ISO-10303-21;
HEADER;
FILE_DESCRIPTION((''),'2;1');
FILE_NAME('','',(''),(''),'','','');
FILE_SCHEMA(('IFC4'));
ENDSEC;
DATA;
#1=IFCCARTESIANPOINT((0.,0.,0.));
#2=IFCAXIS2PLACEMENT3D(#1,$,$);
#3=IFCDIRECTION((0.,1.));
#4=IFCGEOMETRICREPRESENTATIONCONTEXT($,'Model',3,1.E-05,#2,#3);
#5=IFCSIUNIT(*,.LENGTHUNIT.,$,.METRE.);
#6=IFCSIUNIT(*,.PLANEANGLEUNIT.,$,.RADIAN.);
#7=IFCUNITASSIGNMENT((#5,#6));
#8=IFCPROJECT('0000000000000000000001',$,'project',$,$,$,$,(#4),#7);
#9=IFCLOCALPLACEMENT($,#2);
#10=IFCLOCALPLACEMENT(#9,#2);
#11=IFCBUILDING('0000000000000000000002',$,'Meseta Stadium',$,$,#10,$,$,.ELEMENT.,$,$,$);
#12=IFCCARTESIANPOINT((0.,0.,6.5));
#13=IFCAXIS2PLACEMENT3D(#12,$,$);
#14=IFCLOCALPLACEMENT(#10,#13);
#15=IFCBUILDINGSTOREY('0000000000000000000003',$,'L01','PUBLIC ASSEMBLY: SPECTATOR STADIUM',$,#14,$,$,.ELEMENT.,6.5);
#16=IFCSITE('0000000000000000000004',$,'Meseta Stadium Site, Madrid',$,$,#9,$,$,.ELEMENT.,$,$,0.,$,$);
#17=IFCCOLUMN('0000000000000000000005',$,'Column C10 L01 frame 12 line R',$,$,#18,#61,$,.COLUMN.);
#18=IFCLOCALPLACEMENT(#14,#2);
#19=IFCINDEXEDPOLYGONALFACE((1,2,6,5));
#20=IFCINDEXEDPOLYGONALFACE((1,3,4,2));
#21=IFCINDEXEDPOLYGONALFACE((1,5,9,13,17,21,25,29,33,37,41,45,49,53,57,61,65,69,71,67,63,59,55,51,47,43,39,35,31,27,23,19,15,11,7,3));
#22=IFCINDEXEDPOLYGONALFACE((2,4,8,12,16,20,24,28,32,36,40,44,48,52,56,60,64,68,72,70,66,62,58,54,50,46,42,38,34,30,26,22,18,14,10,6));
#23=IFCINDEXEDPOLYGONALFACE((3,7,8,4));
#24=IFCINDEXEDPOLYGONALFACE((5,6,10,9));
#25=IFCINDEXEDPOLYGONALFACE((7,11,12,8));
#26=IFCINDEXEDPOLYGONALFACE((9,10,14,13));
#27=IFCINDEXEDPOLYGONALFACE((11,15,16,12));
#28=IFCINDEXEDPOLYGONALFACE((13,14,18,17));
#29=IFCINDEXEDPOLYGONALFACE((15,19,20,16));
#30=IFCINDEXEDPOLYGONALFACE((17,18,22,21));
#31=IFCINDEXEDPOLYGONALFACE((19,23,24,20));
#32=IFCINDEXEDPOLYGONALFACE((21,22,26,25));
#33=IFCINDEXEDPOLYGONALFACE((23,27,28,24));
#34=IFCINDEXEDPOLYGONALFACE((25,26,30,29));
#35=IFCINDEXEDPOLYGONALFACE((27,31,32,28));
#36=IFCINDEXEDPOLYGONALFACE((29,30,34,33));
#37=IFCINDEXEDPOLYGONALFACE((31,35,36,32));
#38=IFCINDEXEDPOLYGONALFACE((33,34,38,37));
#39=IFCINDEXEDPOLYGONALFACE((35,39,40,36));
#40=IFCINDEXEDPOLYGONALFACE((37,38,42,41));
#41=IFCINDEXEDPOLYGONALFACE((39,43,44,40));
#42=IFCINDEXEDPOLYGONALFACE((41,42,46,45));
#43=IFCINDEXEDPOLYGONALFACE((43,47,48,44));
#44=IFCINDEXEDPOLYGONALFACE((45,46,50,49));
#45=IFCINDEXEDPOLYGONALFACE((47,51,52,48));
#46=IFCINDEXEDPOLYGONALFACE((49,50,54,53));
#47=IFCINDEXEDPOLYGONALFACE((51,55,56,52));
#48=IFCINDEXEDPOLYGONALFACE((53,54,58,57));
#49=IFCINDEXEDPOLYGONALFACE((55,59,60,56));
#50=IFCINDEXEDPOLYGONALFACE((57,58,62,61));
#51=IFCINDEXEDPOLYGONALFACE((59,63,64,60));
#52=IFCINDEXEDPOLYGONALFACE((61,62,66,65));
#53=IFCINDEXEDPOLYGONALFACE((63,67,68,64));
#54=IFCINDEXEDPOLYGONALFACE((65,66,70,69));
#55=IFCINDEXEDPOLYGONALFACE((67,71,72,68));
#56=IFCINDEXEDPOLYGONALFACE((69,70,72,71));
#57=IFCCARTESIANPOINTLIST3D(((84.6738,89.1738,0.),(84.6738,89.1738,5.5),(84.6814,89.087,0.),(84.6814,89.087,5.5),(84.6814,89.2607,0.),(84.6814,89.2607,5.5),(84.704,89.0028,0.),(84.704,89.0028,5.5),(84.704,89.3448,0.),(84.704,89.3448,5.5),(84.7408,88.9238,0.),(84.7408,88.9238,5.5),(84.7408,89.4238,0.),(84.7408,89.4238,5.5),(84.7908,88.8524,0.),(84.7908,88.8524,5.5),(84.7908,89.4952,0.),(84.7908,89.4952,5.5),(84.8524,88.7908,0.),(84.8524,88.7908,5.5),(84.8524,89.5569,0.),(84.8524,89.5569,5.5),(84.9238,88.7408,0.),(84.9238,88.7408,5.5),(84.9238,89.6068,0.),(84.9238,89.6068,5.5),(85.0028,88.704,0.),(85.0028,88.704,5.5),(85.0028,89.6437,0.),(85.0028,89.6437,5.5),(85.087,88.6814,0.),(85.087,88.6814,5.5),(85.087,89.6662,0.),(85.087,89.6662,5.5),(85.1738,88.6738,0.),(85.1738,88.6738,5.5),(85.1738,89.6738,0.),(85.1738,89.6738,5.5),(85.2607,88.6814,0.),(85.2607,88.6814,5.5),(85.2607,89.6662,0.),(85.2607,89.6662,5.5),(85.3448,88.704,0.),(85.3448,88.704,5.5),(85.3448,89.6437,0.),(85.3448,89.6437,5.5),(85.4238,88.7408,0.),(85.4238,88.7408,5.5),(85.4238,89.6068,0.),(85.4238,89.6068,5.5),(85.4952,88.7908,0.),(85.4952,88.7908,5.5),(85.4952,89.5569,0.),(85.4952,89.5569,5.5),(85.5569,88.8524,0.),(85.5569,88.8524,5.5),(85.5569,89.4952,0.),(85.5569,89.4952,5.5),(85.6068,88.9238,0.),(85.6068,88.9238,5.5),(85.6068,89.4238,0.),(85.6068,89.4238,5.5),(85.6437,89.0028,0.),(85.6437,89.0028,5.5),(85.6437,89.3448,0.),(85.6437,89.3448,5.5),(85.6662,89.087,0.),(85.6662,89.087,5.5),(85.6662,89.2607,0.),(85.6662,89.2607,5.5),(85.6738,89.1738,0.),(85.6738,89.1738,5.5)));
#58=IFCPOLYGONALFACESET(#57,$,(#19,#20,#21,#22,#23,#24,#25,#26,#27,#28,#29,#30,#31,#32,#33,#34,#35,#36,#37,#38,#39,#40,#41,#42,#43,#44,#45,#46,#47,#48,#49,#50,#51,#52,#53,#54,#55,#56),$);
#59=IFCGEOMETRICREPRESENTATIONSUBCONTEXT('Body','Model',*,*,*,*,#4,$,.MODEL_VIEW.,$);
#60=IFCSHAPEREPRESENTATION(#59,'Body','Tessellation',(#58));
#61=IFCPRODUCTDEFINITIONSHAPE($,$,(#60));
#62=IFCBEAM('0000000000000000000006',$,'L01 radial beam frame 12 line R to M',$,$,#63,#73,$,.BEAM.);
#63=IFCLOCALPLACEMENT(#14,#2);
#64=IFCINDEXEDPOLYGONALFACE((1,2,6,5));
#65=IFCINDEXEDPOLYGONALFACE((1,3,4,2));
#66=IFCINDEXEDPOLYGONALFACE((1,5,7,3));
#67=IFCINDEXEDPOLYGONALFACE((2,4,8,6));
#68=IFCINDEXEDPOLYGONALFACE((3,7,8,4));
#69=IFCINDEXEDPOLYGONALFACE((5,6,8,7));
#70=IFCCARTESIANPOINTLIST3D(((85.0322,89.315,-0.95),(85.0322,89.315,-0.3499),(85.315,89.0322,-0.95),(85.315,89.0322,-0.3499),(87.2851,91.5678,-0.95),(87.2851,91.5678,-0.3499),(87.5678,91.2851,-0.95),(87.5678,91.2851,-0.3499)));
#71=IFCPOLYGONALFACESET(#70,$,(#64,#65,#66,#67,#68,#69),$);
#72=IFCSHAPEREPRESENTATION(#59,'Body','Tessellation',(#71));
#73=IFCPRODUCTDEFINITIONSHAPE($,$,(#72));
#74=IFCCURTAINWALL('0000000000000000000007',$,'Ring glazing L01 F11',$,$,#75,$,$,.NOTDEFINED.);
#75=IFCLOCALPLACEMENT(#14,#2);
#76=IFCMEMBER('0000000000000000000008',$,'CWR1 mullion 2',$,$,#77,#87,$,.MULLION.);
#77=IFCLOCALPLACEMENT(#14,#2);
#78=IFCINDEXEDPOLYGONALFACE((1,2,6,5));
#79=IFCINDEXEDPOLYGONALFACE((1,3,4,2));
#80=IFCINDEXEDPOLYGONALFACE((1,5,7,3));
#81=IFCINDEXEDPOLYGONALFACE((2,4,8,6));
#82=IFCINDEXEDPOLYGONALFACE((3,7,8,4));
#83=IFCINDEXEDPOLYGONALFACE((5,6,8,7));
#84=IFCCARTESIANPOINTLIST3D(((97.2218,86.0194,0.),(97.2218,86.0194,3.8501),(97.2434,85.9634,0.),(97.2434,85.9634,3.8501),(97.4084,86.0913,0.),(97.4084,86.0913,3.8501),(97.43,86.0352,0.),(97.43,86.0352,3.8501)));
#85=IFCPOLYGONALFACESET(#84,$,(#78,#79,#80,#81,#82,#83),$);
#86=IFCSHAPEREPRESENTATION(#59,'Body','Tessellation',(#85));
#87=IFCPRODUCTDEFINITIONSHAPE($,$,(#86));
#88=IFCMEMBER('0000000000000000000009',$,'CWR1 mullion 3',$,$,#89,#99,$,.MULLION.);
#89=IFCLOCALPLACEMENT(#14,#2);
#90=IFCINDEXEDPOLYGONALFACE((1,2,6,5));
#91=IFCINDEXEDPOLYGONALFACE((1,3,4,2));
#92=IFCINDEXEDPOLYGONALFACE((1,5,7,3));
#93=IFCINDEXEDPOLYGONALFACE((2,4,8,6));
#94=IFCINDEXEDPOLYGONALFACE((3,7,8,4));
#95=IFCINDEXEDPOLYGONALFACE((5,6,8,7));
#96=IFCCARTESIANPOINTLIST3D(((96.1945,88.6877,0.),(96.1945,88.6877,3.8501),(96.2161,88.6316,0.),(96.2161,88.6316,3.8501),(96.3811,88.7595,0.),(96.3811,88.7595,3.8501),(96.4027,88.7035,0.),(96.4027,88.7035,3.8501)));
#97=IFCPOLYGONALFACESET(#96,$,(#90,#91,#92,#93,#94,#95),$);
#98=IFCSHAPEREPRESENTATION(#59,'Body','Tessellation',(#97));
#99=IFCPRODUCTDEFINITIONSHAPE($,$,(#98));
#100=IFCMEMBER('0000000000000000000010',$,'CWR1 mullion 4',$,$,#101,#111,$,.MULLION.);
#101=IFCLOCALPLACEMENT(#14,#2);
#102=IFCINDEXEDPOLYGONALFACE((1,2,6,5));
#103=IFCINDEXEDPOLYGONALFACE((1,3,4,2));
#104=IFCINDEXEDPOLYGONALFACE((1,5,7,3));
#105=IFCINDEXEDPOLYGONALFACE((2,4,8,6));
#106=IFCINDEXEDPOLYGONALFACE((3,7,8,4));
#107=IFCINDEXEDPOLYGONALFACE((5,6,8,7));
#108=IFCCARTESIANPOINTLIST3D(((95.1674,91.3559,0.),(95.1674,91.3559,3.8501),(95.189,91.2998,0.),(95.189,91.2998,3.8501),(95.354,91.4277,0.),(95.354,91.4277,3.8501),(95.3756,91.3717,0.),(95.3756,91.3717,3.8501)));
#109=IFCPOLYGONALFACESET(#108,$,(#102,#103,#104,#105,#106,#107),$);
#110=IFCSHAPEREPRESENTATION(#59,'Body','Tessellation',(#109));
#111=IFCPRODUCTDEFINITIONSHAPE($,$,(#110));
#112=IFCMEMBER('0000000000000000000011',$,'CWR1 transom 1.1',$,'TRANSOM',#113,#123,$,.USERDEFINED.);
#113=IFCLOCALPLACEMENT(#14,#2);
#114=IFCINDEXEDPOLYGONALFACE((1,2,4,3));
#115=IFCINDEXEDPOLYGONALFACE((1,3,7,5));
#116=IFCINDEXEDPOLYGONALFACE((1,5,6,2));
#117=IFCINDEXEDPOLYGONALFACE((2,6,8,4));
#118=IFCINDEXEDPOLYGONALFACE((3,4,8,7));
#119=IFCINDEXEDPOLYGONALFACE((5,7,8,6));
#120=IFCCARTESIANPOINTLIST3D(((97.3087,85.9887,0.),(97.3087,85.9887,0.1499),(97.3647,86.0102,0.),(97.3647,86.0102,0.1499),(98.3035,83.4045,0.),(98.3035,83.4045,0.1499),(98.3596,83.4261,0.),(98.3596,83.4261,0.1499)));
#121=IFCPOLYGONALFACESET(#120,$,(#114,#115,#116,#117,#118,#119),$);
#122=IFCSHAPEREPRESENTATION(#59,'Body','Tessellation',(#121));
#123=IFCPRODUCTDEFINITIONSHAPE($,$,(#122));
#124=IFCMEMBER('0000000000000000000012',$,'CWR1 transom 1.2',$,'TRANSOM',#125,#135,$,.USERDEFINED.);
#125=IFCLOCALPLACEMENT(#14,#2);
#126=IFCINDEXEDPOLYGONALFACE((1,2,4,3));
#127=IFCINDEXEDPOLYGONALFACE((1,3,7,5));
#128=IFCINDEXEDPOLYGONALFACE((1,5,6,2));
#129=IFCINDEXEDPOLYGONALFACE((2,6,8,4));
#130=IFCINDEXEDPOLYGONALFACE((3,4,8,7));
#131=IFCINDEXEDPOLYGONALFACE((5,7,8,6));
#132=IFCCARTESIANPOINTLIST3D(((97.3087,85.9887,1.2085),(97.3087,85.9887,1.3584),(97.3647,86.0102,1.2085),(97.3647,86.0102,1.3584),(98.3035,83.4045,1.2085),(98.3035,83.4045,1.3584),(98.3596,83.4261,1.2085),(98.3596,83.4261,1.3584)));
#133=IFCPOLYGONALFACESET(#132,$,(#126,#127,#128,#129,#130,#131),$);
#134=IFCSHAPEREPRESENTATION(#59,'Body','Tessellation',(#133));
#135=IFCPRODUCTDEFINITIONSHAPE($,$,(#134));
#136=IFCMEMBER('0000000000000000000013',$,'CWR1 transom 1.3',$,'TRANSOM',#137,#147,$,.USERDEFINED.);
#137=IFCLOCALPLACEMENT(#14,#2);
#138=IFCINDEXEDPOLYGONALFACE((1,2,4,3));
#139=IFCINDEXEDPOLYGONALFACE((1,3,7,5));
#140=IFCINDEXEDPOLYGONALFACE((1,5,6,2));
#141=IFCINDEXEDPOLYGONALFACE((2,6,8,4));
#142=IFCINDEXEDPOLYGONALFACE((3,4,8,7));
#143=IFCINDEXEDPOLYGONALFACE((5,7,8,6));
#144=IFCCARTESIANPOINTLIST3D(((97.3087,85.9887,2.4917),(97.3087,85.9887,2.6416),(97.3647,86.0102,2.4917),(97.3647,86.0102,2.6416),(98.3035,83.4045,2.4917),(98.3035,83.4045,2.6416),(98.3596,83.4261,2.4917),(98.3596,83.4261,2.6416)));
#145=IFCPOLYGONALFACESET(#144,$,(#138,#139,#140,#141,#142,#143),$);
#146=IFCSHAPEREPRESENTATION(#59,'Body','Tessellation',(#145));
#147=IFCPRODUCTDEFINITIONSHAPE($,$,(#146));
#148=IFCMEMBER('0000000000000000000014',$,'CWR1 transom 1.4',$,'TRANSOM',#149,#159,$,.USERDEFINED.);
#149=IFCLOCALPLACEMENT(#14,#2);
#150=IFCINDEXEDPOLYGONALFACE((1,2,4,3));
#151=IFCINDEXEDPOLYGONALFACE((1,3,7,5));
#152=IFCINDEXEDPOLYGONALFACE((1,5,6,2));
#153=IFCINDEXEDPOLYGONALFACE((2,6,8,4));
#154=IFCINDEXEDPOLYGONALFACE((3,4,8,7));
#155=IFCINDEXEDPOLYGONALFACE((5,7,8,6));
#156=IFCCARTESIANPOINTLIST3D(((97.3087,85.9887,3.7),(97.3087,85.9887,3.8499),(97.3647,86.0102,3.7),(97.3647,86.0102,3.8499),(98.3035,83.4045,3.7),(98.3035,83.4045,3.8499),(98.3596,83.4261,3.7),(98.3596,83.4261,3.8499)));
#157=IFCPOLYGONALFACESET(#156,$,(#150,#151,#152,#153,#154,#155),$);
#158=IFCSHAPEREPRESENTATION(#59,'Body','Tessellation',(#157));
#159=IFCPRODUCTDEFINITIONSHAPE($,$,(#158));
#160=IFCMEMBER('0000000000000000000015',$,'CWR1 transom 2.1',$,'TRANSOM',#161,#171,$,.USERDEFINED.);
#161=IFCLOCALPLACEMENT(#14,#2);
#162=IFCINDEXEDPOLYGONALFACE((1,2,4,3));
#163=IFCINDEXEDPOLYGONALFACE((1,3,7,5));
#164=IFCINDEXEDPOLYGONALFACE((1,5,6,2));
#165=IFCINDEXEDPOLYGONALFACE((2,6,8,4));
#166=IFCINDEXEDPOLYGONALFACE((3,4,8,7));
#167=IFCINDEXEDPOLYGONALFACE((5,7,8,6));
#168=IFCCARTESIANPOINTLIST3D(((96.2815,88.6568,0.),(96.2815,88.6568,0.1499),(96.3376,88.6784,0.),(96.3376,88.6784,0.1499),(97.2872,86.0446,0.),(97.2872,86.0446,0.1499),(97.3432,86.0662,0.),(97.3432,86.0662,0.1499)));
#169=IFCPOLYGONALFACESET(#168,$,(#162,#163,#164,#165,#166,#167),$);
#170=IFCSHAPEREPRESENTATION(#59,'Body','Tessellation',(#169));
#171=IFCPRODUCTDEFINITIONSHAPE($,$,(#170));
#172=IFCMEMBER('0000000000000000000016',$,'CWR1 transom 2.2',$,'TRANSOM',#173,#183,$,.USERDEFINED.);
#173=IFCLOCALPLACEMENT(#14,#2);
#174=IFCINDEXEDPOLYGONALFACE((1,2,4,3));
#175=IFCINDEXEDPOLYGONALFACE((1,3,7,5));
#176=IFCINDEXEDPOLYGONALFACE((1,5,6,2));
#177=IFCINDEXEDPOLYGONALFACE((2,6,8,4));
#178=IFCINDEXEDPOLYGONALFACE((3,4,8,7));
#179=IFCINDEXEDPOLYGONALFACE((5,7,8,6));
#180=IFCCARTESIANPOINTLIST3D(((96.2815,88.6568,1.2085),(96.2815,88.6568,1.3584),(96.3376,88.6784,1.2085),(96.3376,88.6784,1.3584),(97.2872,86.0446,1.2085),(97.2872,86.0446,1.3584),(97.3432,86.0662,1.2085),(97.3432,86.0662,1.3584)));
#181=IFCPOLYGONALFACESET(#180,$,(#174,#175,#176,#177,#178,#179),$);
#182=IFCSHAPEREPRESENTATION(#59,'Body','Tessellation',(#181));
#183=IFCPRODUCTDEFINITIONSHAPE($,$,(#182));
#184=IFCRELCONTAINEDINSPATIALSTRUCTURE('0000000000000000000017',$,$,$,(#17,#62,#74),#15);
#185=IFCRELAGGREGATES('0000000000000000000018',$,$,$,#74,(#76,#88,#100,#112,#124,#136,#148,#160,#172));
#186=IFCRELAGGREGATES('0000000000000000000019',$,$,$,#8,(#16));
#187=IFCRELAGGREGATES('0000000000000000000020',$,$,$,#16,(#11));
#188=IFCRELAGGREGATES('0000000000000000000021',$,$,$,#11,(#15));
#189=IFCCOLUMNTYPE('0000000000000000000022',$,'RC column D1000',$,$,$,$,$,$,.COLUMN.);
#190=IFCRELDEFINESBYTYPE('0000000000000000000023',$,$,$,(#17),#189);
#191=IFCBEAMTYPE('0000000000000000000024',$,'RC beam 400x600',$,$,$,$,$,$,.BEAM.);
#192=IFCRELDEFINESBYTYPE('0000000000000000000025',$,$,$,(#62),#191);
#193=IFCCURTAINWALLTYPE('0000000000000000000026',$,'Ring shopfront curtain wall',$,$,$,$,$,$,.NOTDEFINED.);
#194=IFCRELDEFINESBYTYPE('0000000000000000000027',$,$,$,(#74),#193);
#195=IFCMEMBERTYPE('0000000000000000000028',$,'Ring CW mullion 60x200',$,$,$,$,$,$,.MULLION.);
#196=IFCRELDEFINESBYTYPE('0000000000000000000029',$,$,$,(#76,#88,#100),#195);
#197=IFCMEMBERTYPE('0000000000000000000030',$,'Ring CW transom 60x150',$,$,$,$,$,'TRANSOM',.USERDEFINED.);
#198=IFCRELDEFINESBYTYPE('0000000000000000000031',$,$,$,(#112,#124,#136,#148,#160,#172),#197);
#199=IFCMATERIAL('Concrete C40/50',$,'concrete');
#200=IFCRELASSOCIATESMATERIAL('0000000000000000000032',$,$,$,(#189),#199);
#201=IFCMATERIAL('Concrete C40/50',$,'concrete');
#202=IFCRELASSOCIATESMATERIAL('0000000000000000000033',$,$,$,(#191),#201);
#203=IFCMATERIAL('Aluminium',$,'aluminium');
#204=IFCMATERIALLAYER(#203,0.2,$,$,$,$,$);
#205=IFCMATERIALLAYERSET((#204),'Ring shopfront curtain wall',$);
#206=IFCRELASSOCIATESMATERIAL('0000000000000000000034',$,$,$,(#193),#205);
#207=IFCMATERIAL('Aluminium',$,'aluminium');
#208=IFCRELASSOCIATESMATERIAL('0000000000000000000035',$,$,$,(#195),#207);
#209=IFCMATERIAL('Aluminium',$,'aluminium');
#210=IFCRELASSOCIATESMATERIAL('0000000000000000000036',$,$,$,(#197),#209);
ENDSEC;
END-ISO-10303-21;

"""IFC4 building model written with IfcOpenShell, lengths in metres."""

from ifc_helpers import new_model, si_unit, direction, frame, origin, origin_2d, place, context, subcontext, project, spatial, rectangle, circle, extrude, material, layer, layer_set, material_profile, profile_set, type_object, element, aggregate, save


model = new_model("IFC4")

# Units and contexts
model_context = context("Model", 3, precision=1e-05, world=origin(), true_north=direction((0.0, 1.0)))
body_context = subcontext(model_context, "Body", "Model", "MODEL_VIEW")
ifc_project = project(units=[si_unit("LENGTHUNIT", "METRE"), si_unit("PLANEANGLEUNIT", "RADIAN")], contexts=[model_context])

# Site, building, storey
site_placement = place(None, origin())
site = spatial("IfcSite", under=ifc_project, at=site_placement, Name="Meseta Stadium Site, Madrid", CompositionType="ELEMENT", RefElevation=0.0)
building_placement = place(site_placement, origin())
building = spatial("IfcBuilding", under=site, at=building_placement, Name="Meseta Stadium", CompositionType="ELEMENT")
storey_placement = place(building_placement, frame((0.0, 0.0, 6.5)))
storey = spatial("IfcBuildingStorey", under=building, at=storey_placement, Name="L01", Description="PUBLIC ASSEMBLY: SPECTATOR STADIUM", CompositionType="ELEMENT", Elevation=6.5)

# Column
ifc_material_1 = material(Name="Concrete C40/50", Category="concrete")
ifc_material_profile_1 = material_profile(ifc_material_1, circle(Radius=0.5, at=origin_2d()), Name="RC D1000")
ifc_profile_set_1 = profile_set([ifc_material_profile_1], Name="Concrete C40/50")
column_type = type_object("IfcColumnType", Name="RC column D1000", PredefinedType="COLUMN", material=ifc_profile_set_1)
column_placement = place(storey_placement, frame((85.1738, 89.1738, 0.0), z_axis=(0.0, 0.0, 1.0), x_axis=(1.0, 0.0, 0.0)))
element("IfcColumn", 1, at=column_placement, inside=storey, type_object=column_type, Name="Column C10 L01 frame 12 line R", PredefinedType="COLUMN", context=body_context, shape_type="SweptSolid", body=[
    extrude(circle(Radius=0.5, at=origin_2d()), origin(), (0.0, 0.0, 1.0), 5.5),
])

# Beam
ifc_material_2 = material(Name="Concrete C40/50", Category="concrete")
ifc_material_profile_2 = material_profile(ifc_material_2, rectangle(XDim=0.3999, YDim=0.6001, at=origin_2d()), Name="RC 400x600")
ifc_profile_set_2 = profile_set([ifc_material_profile_2], Name="Concrete C40/50")
beam_type = type_object("IfcBeamType", Name="RC beam 400x600", PredefinedType="BEAM", material=ifc_profile_set_2)
beam_placement = place(storey_placement, frame((85.1736, 89.1736, -0.6499), z_axis=(0.707107, 0.707107, 0.0), x_axis=(-0.707107, 0.707107, 0.0)))
element("IfcBeam", 2, at=beam_placement, inside=storey, type_object=beam_type, Name="L01 radial beam frame 12 line R to M", PredefinedType="BEAM", context=body_context, shape_type="SweptSolid", body=[
    extrude(rectangle(XDim=0.3999, YDim=0.6001, at=origin_2d()), origin(), (0.0, 0.0, 1.0), 3.186),
])

# Curtain wall, members
ifc_material_3 = material(Name="Aluminium", Category="aluminium")
ifc_layer_1 = layer(ifc_material_3, 0.2)
ifc_layer_set_1 = layer_set([ifc_layer_1], Name="Ring shopfront curtain wall")
curtain_wall_type = type_object("IfcCurtainWallType", Name="Ring shopfront curtain wall", PredefinedType="NOTDEFINED", material=ifc_layer_set_1)
curtain_wall_placement = place(storey_placement, origin())
curtain_wall = element("IfcCurtainWall", 3, at=curtain_wall_placement, inside=storey, type_object=curtain_wall_type, Name="Ring glazing L01 F11", PredefinedType="NOTDEFINED")
ifc_material_4 = material(Name="Aluminium", Category="aluminium")
ifc_material_profile_3 = material_profile(ifc_material_4, rectangle(XDim=0.2, YDim=0.0601, at=origin_2d()), Name="CW 200x60")
ifc_profile_set_3 = profile_set([ifc_material_profile_3], Name="Aluminium")
member_type_1 = type_object("IfcMemberType", Name="Ring CW mullion 60x200", PredefinedType="MULLION", material=ifc_profile_set_3)
member_1_placement = place(storey_placement, frame((97.3259, 86.0273, 0.0), z_axis=(0.0, 0.0, 1.0), x_axis=(-0.933221, -0.359302, 0.0)))
member_1 = element("IfcMember", 4, at=member_1_placement, type_object=member_type_1, Name="CWR1 mullion 2", PredefinedType="MULLION", context=body_context, shape_type="SweptSolid", body=[
    extrude(rectangle(XDim=0.2, YDim=0.0601, at=origin_2d()), origin(), (0.0, 0.0, 1.0), 3.8501),
])
member_2_placement = place(storey_placement, frame((96.2986, 88.6956, 0.0), z_axis=(0.0, 0.0, 1.0), x_axis=(-0.933221, -0.359302, 0.0)))
member_2 = element("IfcMember", 5, at=member_2_placement, type_object=member_type_1, Name="CWR1 mullion 3", PredefinedType="MULLION", context=body_context, shape_type="SweptSolid", body=[
    extrude(rectangle(XDim=0.2, YDim=0.0601, at=origin_2d()), origin(), (0.0, 0.0, 1.0), 3.8501),
])
member_3_placement = place(storey_placement, frame((95.2715, 91.3638, 0.0), z_axis=(0.0, 0.0, 1.0), x_axis=(-0.933221, -0.359302, 0.0)))
member_3 = element("IfcMember", 6, at=member_3_placement, type_object=member_type_1, Name="CWR1 mullion 4", PredefinedType="MULLION", context=body_context, shape_type="SweptSolid", body=[
    extrude(rectangle(XDim=0.2, YDim=0.0601, at=origin_2d()), origin(), (0.0, 0.0, 1.0), 3.8501),
])
ifc_material_5 = material(Name="Aluminium", Category="aluminium")
ifc_material_profile_4 = material_profile(ifc_material_5, rectangle(XDim=0.0601, YDim=0.1499, at=origin_2d()), Name="CW 60x150")
ifc_profile_set_4 = profile_set([ifc_material_profile_4], Name="Aluminium")
member_type_2 = type_object("IfcMemberType", Name="Ring CW transom 60x150", ElementType="TRANSOM", PredefinedType="USERDEFINED", material=ifc_profile_set_4)
member_4_placement = place(storey_placement, frame((98.3315, 83.4153, 0.075), z_axis=(-0.359274, 0.933232, 0.0), x_axis=(-0.933232, -0.359274, 0.0)))
member_4 = element("IfcMember", 7, at=member_4_placement, type_object=member_type_2, Name="CWR1 transom 1.1", ObjectType="TRANSOM", PredefinedType="USERDEFINED", context=body_context, shape_type="SweptSolid", body=[
    extrude(rectangle(XDim=0.0601, YDim=0.1499, at=origin_2d()), origin(), (0.0, 0.0, 1.0), 2.769),
])
member_5_placement = place(storey_placement, frame((98.3315, 83.4153, 1.2834), z_axis=(-0.359274, 0.933232, 0.0), x_axis=(-0.933232, -0.359274, 0.0)))
member_5 = element("IfcMember", 8, at=member_5_placement, type_object=member_type_2, Name="CWR1 transom 1.2", ObjectType="TRANSOM", PredefinedType="USERDEFINED", context=body_context, shape_type="SweptSolid", body=[
    extrude(rectangle(XDim=0.0601, YDim=0.1499, at=origin_2d()), origin(), (0.0, 0.0, 1.0), 2.769),
])
member_6_placement = place(storey_placement, frame((98.3315, 83.4153, 2.5667), z_axis=(-0.359274, 0.933232, 0.0), x_axis=(-0.933232, -0.359274, 0.0)))
member_6 = element("IfcMember", 9, at=member_6_placement, type_object=member_type_2, Name="CWR1 transom 1.3", ObjectType="TRANSOM", PredefinedType="USERDEFINED", context=body_context, shape_type="SweptSolid", body=[
    extrude(rectangle(XDim=0.0601, YDim=0.1499, at=origin_2d()), origin(), (0.0, 0.0, 1.0), 2.769),
])
member_7_placement = place(storey_placement, frame((98.3315, 83.4153, 3.7749), z_axis=(-0.359274, 0.933232, 0.0), x_axis=(-0.933232, -0.359274, 0.0)))
member_7 = element("IfcMember", 10, at=member_7_placement, type_object=member_type_2, Name="CWR1 transom 1.4", ObjectType="TRANSOM", PredefinedType="USERDEFINED", context=body_context, shape_type="SweptSolid", body=[
    extrude(rectangle(XDim=0.0601, YDim=0.1499, at=origin_2d()), origin(), (0.0, 0.0, 1.0), 2.769),
])
member_8_placement = place(storey_placement, frame((97.3152, 86.0554, 0.075), z_axis=(-0.359283, 0.933229, 0.0), x_axis=(-0.933229, -0.359283, 0.0)))
member_8 = element("IfcMember", 11, at=member_8_placement, type_object=member_type_2, Name="CWR1 transom 2.1", ObjectType="TRANSOM", PredefinedType="USERDEFINED", context=body_context, shape_type="SweptSolid", body=[
    extrude(rectangle(XDim=0.0601, YDim=0.1499, at=origin_2d()), origin(), (0.0, 0.0, 1.0), 2.7991),
])
member_9_placement = place(storey_placement, frame((97.3152, 86.0554, 1.2834), z_axis=(-0.359283, 0.933229, 0.0), x_axis=(-0.933229, -0.359283, 0.0)))
member_9 = element("IfcMember", 12, at=member_9_placement, type_object=member_type_2, Name="CWR1 transom 2.2", ObjectType="TRANSOM", PredefinedType="USERDEFINED", context=body_context, shape_type="SweptSolid", body=[
    extrude(rectangle(XDim=0.0601, YDim=0.1499, at=origin_2d()), origin(), (0.0, 0.0, 1.0), 2.7991),
])
aggregate(curtain_wall, [member_1, member_2, member_3, member_4, member_5, member_6, member_7, member_8, member_9])

save(model, "model.ifc")
